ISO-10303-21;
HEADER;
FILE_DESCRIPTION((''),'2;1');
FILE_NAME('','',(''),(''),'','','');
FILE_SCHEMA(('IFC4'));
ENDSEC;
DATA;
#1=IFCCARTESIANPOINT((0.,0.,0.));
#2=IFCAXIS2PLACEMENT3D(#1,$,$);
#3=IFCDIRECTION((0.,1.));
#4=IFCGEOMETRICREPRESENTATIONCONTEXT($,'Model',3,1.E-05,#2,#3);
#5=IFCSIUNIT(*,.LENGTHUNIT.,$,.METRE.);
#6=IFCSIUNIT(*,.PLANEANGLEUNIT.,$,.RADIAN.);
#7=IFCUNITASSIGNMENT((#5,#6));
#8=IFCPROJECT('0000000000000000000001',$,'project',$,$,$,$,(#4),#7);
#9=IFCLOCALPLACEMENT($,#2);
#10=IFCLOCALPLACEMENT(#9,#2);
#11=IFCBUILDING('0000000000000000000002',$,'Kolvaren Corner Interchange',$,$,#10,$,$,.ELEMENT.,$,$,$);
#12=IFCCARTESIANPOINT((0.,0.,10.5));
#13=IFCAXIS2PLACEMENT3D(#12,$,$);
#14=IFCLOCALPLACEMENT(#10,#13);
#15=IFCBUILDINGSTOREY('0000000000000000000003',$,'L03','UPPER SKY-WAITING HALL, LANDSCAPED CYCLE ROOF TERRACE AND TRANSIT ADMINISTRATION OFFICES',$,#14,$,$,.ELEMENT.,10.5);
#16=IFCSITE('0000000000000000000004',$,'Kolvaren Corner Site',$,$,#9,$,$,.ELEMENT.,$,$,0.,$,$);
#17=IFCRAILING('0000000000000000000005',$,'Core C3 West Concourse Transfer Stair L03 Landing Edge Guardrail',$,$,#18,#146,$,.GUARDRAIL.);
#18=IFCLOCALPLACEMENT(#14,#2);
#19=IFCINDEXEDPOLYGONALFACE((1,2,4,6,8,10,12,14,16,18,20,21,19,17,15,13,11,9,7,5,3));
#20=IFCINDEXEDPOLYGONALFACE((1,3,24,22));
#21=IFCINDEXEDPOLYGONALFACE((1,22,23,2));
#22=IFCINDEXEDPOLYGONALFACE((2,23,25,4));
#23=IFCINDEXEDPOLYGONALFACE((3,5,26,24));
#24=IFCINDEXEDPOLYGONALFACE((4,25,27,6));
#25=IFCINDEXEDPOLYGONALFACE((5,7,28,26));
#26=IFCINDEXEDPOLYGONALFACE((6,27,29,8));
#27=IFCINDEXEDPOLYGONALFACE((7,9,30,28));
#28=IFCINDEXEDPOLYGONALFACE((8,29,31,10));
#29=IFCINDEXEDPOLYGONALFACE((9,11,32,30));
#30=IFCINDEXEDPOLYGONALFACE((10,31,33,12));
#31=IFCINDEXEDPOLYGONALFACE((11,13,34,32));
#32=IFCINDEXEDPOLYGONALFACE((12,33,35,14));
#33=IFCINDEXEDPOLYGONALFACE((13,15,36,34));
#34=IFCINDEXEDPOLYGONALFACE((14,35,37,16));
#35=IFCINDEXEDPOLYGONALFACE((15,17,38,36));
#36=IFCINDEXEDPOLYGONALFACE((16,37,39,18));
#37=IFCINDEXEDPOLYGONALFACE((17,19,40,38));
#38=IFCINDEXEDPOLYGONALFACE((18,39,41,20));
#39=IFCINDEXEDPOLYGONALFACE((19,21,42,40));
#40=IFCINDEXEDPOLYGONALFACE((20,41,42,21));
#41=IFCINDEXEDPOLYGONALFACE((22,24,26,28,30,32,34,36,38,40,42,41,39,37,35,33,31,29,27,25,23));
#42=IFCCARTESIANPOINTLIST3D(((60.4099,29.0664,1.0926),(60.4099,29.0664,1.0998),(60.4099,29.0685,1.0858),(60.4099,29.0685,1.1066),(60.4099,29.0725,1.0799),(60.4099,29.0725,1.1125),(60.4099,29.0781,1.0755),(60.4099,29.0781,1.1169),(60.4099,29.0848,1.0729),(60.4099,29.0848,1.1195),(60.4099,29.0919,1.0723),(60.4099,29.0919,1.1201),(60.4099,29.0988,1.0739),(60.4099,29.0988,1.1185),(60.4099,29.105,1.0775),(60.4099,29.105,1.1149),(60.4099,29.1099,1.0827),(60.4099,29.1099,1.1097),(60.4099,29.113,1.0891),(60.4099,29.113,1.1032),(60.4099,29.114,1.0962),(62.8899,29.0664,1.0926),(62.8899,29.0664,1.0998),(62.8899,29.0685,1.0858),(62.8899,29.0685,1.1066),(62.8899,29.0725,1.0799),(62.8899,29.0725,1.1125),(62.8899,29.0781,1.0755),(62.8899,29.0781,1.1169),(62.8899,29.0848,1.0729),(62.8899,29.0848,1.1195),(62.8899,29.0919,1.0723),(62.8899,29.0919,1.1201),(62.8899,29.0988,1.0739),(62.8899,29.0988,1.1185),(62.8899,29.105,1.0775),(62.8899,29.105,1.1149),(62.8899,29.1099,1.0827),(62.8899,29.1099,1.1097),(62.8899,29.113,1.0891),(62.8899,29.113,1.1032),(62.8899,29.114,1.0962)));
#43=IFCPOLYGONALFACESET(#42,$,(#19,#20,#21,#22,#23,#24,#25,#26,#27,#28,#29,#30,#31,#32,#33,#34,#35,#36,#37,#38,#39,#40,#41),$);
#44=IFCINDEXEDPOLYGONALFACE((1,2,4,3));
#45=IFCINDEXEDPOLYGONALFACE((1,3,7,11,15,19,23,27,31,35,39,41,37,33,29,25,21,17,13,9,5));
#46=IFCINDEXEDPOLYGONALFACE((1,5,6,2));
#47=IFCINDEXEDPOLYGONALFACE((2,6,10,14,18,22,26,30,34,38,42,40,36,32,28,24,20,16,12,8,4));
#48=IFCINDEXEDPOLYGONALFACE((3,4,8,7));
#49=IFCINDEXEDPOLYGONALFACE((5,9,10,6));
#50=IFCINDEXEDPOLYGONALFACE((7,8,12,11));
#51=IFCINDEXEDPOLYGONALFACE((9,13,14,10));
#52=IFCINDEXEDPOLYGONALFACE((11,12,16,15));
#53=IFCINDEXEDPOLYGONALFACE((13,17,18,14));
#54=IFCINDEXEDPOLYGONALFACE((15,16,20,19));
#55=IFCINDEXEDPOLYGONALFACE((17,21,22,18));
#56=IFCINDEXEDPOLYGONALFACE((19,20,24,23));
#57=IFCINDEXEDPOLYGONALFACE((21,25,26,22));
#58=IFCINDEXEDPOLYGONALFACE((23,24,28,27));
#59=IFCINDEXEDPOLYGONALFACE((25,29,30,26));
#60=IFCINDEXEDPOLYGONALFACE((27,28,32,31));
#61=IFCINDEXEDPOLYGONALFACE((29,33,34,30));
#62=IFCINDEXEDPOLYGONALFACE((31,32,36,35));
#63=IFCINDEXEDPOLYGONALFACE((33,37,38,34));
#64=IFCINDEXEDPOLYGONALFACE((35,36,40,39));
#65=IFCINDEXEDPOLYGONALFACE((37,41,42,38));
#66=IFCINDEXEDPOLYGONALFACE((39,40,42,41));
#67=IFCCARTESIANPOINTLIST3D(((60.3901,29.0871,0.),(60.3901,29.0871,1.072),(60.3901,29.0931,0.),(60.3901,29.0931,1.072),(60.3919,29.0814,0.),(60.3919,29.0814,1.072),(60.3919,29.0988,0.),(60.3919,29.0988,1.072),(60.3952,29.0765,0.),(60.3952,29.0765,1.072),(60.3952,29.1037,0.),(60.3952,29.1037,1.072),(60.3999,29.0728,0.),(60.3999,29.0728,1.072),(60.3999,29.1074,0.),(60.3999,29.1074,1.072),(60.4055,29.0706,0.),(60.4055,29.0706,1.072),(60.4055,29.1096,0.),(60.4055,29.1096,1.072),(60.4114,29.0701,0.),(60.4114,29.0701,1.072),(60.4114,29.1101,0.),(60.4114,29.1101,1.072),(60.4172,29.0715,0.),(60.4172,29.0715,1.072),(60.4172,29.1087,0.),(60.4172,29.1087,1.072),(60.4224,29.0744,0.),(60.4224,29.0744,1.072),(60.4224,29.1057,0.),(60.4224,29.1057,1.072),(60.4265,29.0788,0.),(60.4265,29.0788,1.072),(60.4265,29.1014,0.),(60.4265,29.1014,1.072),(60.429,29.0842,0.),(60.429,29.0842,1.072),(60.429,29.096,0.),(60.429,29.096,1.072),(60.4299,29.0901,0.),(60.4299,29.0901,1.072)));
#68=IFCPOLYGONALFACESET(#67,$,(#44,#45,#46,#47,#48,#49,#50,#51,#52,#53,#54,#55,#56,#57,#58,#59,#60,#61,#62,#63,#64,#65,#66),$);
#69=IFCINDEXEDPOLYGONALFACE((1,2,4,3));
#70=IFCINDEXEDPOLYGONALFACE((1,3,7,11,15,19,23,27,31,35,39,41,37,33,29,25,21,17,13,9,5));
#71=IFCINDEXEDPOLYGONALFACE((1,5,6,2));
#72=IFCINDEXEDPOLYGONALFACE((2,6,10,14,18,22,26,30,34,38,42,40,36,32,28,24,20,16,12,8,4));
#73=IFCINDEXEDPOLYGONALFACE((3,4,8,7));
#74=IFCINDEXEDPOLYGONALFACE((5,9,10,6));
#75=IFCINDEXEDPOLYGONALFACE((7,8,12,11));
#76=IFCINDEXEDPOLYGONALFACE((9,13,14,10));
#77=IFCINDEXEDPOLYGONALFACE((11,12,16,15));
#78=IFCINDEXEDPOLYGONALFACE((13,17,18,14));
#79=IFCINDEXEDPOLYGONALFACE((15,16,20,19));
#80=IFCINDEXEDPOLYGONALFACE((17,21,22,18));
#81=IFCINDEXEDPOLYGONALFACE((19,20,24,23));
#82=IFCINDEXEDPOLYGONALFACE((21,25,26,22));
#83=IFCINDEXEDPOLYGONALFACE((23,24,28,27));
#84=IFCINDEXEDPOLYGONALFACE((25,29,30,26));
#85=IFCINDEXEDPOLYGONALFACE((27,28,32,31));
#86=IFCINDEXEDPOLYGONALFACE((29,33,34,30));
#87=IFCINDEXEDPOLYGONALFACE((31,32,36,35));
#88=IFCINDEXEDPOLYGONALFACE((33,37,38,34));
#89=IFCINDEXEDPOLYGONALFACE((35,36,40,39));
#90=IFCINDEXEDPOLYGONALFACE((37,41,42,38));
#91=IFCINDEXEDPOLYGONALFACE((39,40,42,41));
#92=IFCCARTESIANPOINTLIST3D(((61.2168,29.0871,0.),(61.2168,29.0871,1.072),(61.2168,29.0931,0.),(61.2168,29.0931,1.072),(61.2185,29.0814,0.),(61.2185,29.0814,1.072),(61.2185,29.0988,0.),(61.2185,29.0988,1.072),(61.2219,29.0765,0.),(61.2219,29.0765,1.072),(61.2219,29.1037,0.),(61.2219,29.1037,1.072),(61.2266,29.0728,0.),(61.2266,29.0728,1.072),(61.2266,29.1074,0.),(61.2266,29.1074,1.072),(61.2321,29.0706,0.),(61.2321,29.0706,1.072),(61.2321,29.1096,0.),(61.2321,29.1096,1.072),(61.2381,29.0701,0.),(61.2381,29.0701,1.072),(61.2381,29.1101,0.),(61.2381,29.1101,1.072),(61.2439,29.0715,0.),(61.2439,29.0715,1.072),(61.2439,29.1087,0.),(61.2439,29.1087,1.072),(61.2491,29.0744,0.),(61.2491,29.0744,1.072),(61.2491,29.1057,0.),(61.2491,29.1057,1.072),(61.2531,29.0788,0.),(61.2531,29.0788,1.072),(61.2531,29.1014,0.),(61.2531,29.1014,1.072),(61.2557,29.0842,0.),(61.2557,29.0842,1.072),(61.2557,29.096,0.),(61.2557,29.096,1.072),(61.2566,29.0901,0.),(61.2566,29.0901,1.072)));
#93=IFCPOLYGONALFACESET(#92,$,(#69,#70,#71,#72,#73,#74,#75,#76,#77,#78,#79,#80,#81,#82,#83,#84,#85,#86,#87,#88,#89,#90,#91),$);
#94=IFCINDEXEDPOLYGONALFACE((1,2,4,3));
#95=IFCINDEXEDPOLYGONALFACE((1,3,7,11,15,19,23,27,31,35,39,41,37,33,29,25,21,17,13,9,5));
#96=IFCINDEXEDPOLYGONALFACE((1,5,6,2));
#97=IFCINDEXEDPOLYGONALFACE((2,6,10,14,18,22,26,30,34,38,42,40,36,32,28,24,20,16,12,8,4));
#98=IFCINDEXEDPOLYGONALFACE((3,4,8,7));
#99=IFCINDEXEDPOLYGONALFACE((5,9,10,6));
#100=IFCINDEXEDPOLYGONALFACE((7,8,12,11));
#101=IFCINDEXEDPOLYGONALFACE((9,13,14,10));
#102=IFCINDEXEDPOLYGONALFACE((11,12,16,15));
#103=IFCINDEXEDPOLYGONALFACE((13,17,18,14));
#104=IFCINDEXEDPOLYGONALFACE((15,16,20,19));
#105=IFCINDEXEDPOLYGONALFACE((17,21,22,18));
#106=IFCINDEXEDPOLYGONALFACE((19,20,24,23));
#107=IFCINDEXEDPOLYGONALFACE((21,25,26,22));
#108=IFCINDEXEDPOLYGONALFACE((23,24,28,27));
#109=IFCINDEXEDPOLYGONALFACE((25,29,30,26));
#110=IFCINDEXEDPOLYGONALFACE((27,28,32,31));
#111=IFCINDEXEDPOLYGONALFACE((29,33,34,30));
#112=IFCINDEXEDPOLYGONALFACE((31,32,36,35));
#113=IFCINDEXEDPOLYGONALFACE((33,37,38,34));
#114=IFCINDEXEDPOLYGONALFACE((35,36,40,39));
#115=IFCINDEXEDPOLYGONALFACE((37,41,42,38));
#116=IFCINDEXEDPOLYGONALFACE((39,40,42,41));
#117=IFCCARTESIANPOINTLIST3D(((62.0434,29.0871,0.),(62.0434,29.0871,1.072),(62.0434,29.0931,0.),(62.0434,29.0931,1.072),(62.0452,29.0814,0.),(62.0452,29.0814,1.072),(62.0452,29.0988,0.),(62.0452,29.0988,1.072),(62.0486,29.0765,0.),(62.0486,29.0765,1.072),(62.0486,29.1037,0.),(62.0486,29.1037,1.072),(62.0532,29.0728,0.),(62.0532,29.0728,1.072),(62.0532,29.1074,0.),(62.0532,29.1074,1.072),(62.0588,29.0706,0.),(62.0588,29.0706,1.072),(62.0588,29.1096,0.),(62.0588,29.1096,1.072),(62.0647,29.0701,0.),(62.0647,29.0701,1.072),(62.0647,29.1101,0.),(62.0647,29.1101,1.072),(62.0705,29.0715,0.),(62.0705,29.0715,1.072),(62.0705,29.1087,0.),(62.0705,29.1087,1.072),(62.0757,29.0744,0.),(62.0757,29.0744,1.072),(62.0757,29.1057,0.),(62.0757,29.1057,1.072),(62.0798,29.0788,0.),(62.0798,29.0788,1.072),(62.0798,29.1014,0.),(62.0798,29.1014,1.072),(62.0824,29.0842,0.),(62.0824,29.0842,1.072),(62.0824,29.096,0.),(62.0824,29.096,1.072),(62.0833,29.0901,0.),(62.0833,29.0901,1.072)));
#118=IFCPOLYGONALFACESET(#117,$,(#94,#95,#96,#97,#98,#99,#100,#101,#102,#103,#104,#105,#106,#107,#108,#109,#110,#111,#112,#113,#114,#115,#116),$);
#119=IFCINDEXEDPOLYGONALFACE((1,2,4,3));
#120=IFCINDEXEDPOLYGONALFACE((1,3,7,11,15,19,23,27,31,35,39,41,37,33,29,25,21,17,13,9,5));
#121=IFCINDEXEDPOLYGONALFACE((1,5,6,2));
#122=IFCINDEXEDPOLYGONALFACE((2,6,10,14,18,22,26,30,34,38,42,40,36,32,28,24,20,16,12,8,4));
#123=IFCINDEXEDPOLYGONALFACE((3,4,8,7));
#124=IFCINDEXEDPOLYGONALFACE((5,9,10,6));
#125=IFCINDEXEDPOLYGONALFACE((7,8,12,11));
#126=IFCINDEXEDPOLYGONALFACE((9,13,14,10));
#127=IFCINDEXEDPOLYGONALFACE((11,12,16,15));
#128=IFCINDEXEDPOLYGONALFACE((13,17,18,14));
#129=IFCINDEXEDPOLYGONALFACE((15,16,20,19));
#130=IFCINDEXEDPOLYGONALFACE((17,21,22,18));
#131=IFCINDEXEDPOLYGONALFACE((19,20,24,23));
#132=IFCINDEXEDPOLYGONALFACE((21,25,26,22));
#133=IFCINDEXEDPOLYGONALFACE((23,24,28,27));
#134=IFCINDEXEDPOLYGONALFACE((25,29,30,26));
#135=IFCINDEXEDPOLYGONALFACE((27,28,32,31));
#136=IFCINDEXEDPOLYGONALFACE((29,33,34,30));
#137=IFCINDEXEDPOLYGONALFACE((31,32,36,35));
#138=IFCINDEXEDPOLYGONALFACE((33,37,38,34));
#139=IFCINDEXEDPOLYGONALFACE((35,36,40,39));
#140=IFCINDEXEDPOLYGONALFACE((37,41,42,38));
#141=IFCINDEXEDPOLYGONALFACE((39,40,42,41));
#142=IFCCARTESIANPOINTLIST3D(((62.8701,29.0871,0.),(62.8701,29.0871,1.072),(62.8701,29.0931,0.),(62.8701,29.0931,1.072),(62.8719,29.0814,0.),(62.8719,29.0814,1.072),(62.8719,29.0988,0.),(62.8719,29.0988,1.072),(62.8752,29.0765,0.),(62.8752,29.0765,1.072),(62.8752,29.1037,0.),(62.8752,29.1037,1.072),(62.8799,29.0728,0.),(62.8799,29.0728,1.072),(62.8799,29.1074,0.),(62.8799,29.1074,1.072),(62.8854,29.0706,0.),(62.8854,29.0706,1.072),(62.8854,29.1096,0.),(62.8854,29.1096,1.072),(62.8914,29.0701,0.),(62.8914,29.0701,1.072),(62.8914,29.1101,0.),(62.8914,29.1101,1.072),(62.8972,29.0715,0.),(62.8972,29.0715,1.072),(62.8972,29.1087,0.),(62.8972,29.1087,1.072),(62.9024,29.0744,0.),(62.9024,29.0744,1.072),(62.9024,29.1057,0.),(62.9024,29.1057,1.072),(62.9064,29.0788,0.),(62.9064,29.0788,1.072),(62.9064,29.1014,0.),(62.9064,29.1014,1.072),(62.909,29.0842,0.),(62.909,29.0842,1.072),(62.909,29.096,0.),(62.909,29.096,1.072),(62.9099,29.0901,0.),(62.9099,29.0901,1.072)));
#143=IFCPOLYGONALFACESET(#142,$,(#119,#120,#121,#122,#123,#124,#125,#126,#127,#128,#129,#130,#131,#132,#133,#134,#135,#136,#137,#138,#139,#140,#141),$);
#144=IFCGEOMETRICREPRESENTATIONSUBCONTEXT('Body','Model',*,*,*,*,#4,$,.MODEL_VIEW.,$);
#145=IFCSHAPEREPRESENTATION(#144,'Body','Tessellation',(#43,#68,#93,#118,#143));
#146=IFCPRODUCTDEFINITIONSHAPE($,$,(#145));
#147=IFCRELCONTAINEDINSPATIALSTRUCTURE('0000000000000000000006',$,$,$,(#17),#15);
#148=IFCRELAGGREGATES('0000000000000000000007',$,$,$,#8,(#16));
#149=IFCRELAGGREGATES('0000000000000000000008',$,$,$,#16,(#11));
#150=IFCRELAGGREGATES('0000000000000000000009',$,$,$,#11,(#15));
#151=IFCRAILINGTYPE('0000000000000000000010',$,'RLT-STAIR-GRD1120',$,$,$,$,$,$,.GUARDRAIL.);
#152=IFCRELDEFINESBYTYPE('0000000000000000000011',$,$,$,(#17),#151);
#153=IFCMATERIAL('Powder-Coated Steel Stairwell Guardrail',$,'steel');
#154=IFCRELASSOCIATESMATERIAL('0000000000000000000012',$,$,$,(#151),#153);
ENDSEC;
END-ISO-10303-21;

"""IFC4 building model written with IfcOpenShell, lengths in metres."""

from ifc_helpers import new_model, si_unit, direction, frame, origin, origin_2d, place, context, subcontext, project, spatial, circle, extrude, material, type_object, element, save


model = new_model("IFC4")

# Units and contexts
model_context = context("Model", 3, precision=1e-05, world=origin(), true_north=direction((0.0, 1.0)))
body_context = subcontext(model_context, "Body", "Model", "MODEL_VIEW")
ifc_project = project(units=[si_unit("LENGTHUNIT", "METRE"), si_unit("PLANEANGLEUNIT", "RADIAN")], contexts=[model_context])

# Site, building, storey
site_placement = place(None, origin())
site = spatial("IfcSite", under=ifc_project, at=site_placement, Name="Kolvaren Corner Site", CompositionType="ELEMENT", RefElevation=0.0)
building_placement = place(site_placement, origin())
building = spatial("IfcBuilding", under=site, at=building_placement, Name="Kolvaren Corner Interchange", CompositionType="ELEMENT")
storey_placement = place(building_placement, frame((0.0, 0.0, 10.5)))
storey = spatial("IfcBuildingStorey", under=building, at=storey_placement, Name="L03", Description="UPPER SKY-WAITING HALL, LANDSCAPED CYCLE ROOF TERRACE AND TRANSIT ADMINISTRATION OFFICES", CompositionType="ELEMENT", Elevation=10.5)

# Railing
ifc_material_1 = material(Name="Powder-Coated Steel Stairwell Guardrail", Category="steel")
railing_type_1 = type_object("IfcRailingType", Name="RLT-STAIR-GRD1120", PredefinedType="GUARDRAIL", material=ifc_material_1)
railing_1_placement = place(storey_placement, frame((60.4099, 29.0901, 0.0)))
element("IfcRailing", 1, at=railing_1_placement, inside=storey, type_object=railing_type_1, Name="Core C3 West Concourse Transfer Stair L03 Landing Edge Guardrail", PredefinedType="GUARDRAIL", context=body_context, shape_type="SweptSolid", body=[
    extrude(circle(Radius=0.0239, at=origin_2d()), frame((0.0, 0.0, 1.0962), z_axis=(1.0, 0.0, 0.0), x_axis=(0.0, 1.0, 0.0)), (0.0, 0.0, 1.0), 2.48),
    extrude(circle(Radius=0.02, at=origin_2d()), origin(), (0.0, 0.0, 1.0), 1.072),
    extrude(circle(Radius=0.02, at=origin_2d()), frame((0.8267, 0.0, 0.0)), (0.0, 0.0, 1.0), 1.072),
    extrude(circle(Radius=0.02, at=origin_2d()), frame((1.6533, 0.0, 0.0)), (0.0, 0.0, 1.0), 1.072),
    extrude(circle(Radius=0.02, at=origin_2d()), frame((2.48, 0.0, 0.0)), (0.0, 0.0, 1.0), 1.072),
])

save(model, "model.ifc")
